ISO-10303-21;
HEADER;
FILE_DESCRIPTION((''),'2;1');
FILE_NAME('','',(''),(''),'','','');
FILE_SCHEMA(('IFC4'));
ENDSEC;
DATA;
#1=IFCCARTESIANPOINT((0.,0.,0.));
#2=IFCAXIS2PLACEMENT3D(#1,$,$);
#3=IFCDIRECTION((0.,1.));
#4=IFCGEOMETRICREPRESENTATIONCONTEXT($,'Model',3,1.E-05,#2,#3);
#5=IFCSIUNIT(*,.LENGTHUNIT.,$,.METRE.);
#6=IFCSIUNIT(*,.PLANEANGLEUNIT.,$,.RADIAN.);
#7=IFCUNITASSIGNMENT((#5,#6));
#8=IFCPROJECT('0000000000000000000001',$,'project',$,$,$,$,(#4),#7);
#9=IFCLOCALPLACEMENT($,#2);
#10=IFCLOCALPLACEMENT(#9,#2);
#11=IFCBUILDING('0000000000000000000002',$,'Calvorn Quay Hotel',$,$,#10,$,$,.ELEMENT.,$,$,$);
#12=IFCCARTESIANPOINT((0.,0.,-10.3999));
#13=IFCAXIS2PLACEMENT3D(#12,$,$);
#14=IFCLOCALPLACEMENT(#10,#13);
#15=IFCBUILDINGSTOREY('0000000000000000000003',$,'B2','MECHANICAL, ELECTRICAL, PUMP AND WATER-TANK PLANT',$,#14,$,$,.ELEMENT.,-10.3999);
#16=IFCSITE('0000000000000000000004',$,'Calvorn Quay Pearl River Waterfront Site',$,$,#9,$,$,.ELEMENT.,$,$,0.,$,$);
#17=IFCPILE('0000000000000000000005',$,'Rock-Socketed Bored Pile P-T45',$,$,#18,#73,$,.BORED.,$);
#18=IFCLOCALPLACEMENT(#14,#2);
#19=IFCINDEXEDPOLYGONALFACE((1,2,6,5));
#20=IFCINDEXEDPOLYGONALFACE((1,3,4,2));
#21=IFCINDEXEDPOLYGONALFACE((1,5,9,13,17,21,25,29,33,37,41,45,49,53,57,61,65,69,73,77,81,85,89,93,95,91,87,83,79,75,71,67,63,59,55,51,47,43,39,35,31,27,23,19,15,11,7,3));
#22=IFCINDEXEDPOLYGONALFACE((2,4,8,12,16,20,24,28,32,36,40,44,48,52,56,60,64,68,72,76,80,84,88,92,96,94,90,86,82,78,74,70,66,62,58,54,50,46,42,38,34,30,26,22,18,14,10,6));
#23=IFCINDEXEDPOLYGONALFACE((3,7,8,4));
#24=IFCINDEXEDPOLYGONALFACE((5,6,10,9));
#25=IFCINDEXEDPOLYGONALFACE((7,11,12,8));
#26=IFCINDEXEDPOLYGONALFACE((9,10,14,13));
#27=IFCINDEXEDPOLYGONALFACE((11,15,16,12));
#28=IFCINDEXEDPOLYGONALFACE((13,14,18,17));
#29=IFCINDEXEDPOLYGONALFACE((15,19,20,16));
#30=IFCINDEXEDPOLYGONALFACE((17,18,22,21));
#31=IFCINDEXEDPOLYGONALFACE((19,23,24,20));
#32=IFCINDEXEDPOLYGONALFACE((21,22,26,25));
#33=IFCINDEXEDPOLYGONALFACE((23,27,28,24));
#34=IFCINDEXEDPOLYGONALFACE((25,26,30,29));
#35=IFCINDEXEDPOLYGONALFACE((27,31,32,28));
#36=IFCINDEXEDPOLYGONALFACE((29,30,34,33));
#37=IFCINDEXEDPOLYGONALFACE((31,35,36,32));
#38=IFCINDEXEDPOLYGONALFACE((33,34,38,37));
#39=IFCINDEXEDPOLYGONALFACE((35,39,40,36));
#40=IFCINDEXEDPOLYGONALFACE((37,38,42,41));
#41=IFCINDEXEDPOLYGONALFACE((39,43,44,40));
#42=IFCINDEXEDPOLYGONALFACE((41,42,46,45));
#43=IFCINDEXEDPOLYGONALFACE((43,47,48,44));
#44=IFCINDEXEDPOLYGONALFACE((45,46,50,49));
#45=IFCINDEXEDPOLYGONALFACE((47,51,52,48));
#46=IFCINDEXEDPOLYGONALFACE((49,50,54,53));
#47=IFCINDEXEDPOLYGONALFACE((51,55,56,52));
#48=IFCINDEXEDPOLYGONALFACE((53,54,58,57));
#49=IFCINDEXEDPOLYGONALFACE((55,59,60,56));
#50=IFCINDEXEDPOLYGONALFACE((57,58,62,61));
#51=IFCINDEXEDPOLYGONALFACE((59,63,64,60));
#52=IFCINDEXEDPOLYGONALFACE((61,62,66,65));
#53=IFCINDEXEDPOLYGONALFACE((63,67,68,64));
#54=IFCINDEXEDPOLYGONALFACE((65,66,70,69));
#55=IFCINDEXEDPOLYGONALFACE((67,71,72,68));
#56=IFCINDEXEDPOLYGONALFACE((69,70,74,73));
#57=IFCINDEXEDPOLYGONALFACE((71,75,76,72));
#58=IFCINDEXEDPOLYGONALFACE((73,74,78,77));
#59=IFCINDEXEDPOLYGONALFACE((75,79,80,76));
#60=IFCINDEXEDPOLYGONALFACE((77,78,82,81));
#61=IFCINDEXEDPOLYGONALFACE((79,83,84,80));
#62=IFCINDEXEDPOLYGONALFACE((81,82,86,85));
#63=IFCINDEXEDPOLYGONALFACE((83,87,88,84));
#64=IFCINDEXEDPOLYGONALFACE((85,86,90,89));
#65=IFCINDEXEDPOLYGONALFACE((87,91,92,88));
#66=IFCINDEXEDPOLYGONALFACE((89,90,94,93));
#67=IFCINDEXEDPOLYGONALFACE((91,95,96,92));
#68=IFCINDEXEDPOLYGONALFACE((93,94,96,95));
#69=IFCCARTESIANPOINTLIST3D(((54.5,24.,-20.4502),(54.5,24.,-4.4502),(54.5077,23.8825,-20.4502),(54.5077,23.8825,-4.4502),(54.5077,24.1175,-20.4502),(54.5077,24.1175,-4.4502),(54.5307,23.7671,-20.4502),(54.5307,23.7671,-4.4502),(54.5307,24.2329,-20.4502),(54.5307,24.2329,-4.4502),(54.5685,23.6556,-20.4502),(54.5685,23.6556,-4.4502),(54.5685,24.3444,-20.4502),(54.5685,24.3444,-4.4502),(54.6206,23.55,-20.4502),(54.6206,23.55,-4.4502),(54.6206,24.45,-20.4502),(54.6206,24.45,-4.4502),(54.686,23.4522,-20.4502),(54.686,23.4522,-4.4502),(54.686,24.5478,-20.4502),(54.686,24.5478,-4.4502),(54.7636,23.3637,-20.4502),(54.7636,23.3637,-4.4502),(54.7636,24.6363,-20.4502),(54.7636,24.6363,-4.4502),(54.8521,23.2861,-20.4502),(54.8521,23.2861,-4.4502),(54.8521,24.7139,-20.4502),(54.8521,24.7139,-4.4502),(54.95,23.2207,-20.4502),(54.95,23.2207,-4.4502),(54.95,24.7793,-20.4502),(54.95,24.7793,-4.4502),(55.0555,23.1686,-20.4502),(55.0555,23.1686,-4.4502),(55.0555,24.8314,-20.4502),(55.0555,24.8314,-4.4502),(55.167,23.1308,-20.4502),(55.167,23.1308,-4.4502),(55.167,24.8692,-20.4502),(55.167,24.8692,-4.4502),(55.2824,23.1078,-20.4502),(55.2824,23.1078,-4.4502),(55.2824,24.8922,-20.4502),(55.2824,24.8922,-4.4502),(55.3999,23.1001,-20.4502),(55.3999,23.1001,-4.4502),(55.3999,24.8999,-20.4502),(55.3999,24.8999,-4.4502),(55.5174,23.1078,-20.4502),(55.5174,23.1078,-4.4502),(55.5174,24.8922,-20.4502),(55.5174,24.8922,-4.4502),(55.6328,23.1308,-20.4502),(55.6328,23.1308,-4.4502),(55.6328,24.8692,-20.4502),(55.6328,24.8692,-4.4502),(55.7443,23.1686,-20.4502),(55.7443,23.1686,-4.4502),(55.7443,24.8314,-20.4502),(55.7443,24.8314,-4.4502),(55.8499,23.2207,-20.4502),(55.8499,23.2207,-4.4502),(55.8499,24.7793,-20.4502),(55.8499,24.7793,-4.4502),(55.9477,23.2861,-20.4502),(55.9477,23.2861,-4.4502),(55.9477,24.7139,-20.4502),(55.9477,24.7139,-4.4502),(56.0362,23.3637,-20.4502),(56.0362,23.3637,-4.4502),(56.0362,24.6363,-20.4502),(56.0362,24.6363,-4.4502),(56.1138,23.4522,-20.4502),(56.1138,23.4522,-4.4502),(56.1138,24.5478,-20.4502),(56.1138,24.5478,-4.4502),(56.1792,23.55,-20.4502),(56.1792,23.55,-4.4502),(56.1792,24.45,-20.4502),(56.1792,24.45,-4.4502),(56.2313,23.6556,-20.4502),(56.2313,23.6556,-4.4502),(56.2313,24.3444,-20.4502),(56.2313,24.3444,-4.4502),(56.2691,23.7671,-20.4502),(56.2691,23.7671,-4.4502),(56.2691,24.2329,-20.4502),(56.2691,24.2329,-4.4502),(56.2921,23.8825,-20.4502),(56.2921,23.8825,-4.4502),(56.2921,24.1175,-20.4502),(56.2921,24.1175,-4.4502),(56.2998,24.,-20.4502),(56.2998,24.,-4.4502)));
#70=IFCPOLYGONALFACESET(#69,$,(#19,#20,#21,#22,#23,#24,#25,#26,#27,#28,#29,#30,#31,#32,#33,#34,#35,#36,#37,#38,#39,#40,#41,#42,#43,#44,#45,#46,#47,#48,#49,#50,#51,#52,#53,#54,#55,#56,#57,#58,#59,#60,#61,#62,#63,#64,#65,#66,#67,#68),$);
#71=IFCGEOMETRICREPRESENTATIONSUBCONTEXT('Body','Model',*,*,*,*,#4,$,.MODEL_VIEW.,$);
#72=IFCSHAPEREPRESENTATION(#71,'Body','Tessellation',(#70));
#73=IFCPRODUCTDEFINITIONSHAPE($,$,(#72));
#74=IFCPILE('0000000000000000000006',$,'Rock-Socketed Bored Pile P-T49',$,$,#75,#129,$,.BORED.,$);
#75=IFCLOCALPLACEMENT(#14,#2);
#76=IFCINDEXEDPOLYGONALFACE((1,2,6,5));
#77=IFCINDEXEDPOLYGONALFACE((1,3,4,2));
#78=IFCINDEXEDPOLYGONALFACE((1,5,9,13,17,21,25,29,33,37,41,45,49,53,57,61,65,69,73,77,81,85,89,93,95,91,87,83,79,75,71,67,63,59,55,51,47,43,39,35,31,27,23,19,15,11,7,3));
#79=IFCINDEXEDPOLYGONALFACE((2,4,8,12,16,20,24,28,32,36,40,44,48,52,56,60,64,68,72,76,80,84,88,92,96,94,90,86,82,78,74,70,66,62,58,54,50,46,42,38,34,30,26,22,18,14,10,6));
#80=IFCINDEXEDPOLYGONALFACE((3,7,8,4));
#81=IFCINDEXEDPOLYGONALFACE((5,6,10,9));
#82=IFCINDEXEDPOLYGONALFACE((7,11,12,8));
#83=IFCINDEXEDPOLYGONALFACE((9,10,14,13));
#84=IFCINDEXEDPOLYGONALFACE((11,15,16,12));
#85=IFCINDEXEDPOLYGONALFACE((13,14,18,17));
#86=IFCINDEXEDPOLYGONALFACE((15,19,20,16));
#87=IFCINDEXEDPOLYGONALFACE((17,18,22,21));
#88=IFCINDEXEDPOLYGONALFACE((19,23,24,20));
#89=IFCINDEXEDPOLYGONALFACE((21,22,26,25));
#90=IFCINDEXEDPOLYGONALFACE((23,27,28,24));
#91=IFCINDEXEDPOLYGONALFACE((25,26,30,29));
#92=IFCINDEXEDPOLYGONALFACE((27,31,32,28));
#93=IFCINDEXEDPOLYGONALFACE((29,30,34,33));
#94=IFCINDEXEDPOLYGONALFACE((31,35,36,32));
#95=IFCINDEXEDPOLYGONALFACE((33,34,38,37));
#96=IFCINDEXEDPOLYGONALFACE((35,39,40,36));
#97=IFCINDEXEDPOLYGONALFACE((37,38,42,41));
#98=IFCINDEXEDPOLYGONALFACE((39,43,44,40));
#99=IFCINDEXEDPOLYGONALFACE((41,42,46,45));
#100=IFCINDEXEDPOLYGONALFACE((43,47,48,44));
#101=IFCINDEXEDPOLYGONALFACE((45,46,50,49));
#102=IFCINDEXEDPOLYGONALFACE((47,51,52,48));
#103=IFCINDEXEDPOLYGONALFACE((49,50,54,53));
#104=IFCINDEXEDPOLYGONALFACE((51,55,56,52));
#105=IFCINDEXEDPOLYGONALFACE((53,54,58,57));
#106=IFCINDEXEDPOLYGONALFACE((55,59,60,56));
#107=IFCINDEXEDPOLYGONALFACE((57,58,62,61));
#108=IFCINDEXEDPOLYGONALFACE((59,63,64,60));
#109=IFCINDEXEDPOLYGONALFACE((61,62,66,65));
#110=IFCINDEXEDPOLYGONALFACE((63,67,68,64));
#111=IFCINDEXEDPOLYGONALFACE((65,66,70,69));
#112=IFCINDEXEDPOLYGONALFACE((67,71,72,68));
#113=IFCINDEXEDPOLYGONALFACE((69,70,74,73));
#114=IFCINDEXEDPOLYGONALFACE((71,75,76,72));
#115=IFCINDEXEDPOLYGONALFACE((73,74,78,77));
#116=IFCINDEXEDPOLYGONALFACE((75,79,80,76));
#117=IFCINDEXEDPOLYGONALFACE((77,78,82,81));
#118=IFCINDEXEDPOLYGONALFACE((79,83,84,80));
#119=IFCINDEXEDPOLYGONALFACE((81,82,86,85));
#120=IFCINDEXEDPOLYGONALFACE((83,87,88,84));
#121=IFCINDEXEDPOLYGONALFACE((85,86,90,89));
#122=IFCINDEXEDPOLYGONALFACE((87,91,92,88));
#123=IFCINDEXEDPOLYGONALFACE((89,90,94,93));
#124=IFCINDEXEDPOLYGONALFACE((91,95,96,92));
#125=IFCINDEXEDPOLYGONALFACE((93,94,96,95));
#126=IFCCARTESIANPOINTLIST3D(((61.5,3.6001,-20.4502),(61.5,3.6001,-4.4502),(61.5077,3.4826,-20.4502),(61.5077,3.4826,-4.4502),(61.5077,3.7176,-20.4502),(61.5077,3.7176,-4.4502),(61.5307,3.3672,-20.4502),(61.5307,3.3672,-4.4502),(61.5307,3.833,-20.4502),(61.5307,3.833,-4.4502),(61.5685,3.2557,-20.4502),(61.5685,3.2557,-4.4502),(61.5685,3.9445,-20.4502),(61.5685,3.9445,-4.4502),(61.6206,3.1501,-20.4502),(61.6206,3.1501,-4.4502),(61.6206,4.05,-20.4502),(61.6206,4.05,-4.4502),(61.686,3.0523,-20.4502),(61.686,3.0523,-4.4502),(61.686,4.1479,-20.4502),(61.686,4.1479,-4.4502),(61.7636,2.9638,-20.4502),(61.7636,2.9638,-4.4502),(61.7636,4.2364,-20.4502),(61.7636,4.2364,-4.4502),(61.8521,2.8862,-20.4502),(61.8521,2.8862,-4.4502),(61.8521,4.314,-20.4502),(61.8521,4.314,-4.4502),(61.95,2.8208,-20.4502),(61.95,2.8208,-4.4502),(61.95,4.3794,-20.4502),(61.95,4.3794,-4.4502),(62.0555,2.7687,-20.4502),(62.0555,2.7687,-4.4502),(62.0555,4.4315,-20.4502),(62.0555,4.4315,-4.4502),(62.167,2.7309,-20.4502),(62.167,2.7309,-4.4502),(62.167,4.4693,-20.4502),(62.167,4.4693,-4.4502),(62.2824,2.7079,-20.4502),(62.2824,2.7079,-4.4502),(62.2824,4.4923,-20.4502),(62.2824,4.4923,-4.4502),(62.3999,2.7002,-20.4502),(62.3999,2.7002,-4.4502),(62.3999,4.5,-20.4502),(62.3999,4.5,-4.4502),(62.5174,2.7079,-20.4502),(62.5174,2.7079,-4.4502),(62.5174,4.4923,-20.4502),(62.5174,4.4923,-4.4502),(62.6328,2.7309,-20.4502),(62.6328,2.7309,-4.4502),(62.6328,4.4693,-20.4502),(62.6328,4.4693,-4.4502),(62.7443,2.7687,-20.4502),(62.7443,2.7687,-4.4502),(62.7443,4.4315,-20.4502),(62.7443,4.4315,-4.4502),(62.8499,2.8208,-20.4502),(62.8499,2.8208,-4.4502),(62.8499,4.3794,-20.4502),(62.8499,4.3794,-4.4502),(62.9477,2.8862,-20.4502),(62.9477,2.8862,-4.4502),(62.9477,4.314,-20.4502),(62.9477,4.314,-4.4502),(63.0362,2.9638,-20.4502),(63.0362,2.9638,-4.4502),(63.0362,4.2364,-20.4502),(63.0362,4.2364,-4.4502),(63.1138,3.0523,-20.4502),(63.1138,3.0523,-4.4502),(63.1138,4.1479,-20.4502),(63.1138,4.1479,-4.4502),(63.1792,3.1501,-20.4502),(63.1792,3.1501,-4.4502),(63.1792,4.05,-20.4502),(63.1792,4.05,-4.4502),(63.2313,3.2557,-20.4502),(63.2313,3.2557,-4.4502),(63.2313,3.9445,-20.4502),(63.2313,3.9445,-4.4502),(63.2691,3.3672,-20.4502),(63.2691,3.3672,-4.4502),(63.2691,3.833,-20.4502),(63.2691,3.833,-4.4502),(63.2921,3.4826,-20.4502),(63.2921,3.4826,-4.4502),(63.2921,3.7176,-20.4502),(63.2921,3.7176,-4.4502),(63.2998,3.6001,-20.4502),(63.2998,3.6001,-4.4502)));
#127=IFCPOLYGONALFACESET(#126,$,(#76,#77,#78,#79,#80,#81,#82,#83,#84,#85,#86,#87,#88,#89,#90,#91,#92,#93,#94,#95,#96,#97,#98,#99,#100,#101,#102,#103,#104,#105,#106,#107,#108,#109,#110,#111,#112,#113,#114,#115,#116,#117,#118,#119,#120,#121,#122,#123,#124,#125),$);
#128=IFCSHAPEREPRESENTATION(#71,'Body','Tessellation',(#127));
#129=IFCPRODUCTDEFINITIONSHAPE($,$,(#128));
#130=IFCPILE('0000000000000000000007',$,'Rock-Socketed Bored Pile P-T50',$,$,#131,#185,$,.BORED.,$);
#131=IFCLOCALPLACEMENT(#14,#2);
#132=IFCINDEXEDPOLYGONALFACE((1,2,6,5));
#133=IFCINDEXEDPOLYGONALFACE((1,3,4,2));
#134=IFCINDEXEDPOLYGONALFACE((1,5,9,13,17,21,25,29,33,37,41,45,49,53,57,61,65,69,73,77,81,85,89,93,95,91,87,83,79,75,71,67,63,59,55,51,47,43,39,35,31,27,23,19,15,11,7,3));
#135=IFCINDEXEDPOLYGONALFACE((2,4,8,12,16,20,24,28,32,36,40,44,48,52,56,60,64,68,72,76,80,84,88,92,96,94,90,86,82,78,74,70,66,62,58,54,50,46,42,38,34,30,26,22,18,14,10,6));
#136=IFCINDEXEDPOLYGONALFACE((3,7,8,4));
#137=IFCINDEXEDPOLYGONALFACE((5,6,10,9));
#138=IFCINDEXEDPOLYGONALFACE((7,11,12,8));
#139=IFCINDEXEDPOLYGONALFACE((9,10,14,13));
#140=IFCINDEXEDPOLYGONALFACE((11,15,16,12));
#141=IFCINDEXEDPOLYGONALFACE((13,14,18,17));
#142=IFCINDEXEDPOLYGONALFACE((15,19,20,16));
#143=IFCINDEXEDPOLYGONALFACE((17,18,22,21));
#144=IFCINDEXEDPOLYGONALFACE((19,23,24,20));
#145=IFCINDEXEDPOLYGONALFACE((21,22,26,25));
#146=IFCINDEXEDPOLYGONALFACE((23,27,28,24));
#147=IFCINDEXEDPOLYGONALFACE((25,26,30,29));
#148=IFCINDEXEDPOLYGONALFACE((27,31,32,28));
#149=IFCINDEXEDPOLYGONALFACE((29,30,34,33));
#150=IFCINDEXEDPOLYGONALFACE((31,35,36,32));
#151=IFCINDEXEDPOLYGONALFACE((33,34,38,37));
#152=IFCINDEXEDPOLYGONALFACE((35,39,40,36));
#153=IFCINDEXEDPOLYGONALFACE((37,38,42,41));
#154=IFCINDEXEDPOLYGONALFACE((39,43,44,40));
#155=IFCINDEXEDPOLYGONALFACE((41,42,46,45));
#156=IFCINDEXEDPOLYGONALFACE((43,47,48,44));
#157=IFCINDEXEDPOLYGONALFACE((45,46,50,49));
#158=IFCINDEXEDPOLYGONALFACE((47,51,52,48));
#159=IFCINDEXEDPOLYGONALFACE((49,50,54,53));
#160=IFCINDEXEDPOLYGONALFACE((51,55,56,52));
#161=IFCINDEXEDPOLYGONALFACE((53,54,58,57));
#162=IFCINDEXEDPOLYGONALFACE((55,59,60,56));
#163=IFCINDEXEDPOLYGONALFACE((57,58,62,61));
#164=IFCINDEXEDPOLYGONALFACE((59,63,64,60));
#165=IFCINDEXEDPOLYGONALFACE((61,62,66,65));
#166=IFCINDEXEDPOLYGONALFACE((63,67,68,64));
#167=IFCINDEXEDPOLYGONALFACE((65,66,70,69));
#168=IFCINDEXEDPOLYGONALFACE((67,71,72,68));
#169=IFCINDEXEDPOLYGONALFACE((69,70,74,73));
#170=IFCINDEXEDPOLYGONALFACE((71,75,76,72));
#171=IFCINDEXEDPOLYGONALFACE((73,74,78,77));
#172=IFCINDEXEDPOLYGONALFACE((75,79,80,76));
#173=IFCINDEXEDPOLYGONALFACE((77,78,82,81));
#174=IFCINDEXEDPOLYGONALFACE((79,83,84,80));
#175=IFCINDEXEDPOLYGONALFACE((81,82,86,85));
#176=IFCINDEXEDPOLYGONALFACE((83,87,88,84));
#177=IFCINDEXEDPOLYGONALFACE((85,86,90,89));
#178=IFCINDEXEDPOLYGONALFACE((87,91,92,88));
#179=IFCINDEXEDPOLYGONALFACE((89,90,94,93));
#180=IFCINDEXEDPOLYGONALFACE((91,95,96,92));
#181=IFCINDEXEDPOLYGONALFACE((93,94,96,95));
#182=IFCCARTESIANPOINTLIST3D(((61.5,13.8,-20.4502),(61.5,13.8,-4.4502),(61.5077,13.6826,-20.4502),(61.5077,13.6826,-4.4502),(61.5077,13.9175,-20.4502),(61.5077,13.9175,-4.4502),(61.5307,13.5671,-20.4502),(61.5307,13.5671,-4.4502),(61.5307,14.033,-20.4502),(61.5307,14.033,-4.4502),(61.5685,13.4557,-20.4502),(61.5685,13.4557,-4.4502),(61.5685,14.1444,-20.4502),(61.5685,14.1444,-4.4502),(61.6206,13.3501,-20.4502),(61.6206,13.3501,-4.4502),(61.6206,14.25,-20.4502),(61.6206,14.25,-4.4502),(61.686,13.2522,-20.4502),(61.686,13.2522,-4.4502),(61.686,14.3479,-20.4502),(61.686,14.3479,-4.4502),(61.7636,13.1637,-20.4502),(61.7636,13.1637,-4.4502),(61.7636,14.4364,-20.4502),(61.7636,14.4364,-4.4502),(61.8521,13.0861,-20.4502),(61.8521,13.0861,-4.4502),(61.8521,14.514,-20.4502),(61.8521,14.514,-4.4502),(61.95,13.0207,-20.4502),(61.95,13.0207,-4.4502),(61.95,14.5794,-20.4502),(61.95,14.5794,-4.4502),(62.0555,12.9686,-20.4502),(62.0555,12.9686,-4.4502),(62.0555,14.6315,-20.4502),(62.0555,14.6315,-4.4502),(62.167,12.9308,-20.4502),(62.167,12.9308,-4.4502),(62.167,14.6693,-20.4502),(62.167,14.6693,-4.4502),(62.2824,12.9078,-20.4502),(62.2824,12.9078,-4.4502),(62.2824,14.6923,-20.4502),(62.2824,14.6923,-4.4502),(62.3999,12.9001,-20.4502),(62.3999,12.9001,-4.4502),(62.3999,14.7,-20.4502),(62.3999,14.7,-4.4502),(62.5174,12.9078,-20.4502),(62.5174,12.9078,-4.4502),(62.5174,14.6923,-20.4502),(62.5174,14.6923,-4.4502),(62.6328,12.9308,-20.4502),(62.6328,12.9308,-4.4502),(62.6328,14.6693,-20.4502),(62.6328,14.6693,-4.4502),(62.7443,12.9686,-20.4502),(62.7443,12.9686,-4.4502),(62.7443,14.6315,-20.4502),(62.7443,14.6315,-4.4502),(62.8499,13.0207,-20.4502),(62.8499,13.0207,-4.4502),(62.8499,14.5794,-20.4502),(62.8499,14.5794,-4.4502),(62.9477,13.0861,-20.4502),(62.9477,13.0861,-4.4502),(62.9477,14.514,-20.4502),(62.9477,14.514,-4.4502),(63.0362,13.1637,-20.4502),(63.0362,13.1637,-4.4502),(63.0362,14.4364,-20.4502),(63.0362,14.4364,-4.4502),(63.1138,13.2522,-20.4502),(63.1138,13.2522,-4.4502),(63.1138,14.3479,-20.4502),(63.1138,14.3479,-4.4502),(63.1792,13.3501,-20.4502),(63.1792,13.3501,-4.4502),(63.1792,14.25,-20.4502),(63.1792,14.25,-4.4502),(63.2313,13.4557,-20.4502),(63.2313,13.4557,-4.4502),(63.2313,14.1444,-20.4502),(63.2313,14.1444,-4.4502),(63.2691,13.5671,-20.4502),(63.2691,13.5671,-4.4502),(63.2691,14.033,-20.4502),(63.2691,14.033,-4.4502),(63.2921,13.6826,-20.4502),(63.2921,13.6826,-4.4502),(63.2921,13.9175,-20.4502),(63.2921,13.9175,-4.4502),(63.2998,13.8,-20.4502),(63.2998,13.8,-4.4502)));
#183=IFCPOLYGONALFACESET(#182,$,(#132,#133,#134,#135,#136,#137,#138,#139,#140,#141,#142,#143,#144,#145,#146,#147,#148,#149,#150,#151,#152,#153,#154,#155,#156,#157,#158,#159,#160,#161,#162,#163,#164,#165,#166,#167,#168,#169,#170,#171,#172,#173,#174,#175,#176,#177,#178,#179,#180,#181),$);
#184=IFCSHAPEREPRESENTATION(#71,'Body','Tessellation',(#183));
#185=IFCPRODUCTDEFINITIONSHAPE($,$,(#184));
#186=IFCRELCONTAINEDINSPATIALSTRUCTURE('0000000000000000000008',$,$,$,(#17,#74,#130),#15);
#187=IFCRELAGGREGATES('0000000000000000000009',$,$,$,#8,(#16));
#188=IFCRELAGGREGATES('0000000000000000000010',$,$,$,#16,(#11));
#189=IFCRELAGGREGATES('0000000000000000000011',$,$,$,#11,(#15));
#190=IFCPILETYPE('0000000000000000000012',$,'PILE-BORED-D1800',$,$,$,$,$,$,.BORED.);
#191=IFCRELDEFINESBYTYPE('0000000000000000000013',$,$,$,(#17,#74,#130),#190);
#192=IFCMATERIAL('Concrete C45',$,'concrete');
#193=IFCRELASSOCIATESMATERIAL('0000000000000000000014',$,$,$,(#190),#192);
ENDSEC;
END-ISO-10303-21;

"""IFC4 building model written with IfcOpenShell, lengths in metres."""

from ifc_helpers import new_model, si_unit, direction, frame, origin, origin_2d, place, context, subcontext, project, spatial, circle, extrude, material, material_profile, profile_set, type_object, element, save


model = new_model("IFC4")

# Units and contexts
model_context = context("Model", 3, precision=1e-05, world=origin(), true_north=direction((0.0, 1.0)))
body_context = subcontext(model_context, "Body", "Model", "MODEL_VIEW")
ifc_project = project(units=[si_unit("LENGTHUNIT", "METRE"), si_unit("PLANEANGLEUNIT", "RADIAN")], contexts=[model_context])

# Site, building, storey
site_placement = place(None, origin())
site = spatial("IfcSite", under=ifc_project, at=site_placement, Name="Calvorn Quay Pearl River Waterfront Site", CompositionType="ELEMENT", RefElevation=0.0)
building_placement = place(site_placement, origin())
building = spatial("IfcBuilding", under=site, at=building_placement, Name="Calvorn Quay Hotel", CompositionType="ELEMENT")
storey_placement = place(building_placement, frame((0.0, 0.0, -10.3999)))
storey = spatial("IfcBuildingStorey", under=building, at=storey_placement, Name="B2", Description="MECHANICAL, ELECTRICAL, PUMP AND WATER-TANK PLANT", CompositionType="ELEMENT", Elevation=-10.3999)

# Piles
ifc_material_1 = material(Name="Concrete C45", Category="concrete")
ifc_material_profile_1 = material_profile(ifc_material_1, circle(Radius=0.8999, at=origin_2d()), Name="PILE-D1800")
ifc_profile_set_1 = profile_set([ifc_material_profile_1], Name="Concrete C45")
pile_type_1 = type_object("IfcPileType", Name="PILE-BORED-D1800", PredefinedType="BORED", material=ifc_profile_set_1)
for number, where, z_axis, x_axis, name in (
    (1, (55.3999, 24.0, -4.4502), (0.0, 0.0, -1.0), (1.0, 0.0, 0.0), "Rock-Socketed Bored Pile P-T45"),
    (2, (62.3999, 3.6001, -4.4502), (0.0, 0.0, -1.0), (1.0, 0.0, 0.0), "Rock-Socketed Bored Pile P-T49"),
    (3, (62.3999, 13.8, -4.4502), (0.0, 0.0, -1.0), (1.0, 0.0, 0.0), "Rock-Socketed Bored Pile P-T50"),
):
    element("IfcPile", number, at=place(storey_placement, frame(where, z_axis=z_axis, x_axis=x_axis)), inside=storey, type_object=pile_type_1, Name=name, PredefinedType="BORED", context=body_context, shape_type="SweptSolid", body=[
        extrude(circle(Radius=0.8999, at=origin_2d()), origin(), (0.0, 0.0, 1.0), 16.0),
    ])

save(model, "model.ifc")
